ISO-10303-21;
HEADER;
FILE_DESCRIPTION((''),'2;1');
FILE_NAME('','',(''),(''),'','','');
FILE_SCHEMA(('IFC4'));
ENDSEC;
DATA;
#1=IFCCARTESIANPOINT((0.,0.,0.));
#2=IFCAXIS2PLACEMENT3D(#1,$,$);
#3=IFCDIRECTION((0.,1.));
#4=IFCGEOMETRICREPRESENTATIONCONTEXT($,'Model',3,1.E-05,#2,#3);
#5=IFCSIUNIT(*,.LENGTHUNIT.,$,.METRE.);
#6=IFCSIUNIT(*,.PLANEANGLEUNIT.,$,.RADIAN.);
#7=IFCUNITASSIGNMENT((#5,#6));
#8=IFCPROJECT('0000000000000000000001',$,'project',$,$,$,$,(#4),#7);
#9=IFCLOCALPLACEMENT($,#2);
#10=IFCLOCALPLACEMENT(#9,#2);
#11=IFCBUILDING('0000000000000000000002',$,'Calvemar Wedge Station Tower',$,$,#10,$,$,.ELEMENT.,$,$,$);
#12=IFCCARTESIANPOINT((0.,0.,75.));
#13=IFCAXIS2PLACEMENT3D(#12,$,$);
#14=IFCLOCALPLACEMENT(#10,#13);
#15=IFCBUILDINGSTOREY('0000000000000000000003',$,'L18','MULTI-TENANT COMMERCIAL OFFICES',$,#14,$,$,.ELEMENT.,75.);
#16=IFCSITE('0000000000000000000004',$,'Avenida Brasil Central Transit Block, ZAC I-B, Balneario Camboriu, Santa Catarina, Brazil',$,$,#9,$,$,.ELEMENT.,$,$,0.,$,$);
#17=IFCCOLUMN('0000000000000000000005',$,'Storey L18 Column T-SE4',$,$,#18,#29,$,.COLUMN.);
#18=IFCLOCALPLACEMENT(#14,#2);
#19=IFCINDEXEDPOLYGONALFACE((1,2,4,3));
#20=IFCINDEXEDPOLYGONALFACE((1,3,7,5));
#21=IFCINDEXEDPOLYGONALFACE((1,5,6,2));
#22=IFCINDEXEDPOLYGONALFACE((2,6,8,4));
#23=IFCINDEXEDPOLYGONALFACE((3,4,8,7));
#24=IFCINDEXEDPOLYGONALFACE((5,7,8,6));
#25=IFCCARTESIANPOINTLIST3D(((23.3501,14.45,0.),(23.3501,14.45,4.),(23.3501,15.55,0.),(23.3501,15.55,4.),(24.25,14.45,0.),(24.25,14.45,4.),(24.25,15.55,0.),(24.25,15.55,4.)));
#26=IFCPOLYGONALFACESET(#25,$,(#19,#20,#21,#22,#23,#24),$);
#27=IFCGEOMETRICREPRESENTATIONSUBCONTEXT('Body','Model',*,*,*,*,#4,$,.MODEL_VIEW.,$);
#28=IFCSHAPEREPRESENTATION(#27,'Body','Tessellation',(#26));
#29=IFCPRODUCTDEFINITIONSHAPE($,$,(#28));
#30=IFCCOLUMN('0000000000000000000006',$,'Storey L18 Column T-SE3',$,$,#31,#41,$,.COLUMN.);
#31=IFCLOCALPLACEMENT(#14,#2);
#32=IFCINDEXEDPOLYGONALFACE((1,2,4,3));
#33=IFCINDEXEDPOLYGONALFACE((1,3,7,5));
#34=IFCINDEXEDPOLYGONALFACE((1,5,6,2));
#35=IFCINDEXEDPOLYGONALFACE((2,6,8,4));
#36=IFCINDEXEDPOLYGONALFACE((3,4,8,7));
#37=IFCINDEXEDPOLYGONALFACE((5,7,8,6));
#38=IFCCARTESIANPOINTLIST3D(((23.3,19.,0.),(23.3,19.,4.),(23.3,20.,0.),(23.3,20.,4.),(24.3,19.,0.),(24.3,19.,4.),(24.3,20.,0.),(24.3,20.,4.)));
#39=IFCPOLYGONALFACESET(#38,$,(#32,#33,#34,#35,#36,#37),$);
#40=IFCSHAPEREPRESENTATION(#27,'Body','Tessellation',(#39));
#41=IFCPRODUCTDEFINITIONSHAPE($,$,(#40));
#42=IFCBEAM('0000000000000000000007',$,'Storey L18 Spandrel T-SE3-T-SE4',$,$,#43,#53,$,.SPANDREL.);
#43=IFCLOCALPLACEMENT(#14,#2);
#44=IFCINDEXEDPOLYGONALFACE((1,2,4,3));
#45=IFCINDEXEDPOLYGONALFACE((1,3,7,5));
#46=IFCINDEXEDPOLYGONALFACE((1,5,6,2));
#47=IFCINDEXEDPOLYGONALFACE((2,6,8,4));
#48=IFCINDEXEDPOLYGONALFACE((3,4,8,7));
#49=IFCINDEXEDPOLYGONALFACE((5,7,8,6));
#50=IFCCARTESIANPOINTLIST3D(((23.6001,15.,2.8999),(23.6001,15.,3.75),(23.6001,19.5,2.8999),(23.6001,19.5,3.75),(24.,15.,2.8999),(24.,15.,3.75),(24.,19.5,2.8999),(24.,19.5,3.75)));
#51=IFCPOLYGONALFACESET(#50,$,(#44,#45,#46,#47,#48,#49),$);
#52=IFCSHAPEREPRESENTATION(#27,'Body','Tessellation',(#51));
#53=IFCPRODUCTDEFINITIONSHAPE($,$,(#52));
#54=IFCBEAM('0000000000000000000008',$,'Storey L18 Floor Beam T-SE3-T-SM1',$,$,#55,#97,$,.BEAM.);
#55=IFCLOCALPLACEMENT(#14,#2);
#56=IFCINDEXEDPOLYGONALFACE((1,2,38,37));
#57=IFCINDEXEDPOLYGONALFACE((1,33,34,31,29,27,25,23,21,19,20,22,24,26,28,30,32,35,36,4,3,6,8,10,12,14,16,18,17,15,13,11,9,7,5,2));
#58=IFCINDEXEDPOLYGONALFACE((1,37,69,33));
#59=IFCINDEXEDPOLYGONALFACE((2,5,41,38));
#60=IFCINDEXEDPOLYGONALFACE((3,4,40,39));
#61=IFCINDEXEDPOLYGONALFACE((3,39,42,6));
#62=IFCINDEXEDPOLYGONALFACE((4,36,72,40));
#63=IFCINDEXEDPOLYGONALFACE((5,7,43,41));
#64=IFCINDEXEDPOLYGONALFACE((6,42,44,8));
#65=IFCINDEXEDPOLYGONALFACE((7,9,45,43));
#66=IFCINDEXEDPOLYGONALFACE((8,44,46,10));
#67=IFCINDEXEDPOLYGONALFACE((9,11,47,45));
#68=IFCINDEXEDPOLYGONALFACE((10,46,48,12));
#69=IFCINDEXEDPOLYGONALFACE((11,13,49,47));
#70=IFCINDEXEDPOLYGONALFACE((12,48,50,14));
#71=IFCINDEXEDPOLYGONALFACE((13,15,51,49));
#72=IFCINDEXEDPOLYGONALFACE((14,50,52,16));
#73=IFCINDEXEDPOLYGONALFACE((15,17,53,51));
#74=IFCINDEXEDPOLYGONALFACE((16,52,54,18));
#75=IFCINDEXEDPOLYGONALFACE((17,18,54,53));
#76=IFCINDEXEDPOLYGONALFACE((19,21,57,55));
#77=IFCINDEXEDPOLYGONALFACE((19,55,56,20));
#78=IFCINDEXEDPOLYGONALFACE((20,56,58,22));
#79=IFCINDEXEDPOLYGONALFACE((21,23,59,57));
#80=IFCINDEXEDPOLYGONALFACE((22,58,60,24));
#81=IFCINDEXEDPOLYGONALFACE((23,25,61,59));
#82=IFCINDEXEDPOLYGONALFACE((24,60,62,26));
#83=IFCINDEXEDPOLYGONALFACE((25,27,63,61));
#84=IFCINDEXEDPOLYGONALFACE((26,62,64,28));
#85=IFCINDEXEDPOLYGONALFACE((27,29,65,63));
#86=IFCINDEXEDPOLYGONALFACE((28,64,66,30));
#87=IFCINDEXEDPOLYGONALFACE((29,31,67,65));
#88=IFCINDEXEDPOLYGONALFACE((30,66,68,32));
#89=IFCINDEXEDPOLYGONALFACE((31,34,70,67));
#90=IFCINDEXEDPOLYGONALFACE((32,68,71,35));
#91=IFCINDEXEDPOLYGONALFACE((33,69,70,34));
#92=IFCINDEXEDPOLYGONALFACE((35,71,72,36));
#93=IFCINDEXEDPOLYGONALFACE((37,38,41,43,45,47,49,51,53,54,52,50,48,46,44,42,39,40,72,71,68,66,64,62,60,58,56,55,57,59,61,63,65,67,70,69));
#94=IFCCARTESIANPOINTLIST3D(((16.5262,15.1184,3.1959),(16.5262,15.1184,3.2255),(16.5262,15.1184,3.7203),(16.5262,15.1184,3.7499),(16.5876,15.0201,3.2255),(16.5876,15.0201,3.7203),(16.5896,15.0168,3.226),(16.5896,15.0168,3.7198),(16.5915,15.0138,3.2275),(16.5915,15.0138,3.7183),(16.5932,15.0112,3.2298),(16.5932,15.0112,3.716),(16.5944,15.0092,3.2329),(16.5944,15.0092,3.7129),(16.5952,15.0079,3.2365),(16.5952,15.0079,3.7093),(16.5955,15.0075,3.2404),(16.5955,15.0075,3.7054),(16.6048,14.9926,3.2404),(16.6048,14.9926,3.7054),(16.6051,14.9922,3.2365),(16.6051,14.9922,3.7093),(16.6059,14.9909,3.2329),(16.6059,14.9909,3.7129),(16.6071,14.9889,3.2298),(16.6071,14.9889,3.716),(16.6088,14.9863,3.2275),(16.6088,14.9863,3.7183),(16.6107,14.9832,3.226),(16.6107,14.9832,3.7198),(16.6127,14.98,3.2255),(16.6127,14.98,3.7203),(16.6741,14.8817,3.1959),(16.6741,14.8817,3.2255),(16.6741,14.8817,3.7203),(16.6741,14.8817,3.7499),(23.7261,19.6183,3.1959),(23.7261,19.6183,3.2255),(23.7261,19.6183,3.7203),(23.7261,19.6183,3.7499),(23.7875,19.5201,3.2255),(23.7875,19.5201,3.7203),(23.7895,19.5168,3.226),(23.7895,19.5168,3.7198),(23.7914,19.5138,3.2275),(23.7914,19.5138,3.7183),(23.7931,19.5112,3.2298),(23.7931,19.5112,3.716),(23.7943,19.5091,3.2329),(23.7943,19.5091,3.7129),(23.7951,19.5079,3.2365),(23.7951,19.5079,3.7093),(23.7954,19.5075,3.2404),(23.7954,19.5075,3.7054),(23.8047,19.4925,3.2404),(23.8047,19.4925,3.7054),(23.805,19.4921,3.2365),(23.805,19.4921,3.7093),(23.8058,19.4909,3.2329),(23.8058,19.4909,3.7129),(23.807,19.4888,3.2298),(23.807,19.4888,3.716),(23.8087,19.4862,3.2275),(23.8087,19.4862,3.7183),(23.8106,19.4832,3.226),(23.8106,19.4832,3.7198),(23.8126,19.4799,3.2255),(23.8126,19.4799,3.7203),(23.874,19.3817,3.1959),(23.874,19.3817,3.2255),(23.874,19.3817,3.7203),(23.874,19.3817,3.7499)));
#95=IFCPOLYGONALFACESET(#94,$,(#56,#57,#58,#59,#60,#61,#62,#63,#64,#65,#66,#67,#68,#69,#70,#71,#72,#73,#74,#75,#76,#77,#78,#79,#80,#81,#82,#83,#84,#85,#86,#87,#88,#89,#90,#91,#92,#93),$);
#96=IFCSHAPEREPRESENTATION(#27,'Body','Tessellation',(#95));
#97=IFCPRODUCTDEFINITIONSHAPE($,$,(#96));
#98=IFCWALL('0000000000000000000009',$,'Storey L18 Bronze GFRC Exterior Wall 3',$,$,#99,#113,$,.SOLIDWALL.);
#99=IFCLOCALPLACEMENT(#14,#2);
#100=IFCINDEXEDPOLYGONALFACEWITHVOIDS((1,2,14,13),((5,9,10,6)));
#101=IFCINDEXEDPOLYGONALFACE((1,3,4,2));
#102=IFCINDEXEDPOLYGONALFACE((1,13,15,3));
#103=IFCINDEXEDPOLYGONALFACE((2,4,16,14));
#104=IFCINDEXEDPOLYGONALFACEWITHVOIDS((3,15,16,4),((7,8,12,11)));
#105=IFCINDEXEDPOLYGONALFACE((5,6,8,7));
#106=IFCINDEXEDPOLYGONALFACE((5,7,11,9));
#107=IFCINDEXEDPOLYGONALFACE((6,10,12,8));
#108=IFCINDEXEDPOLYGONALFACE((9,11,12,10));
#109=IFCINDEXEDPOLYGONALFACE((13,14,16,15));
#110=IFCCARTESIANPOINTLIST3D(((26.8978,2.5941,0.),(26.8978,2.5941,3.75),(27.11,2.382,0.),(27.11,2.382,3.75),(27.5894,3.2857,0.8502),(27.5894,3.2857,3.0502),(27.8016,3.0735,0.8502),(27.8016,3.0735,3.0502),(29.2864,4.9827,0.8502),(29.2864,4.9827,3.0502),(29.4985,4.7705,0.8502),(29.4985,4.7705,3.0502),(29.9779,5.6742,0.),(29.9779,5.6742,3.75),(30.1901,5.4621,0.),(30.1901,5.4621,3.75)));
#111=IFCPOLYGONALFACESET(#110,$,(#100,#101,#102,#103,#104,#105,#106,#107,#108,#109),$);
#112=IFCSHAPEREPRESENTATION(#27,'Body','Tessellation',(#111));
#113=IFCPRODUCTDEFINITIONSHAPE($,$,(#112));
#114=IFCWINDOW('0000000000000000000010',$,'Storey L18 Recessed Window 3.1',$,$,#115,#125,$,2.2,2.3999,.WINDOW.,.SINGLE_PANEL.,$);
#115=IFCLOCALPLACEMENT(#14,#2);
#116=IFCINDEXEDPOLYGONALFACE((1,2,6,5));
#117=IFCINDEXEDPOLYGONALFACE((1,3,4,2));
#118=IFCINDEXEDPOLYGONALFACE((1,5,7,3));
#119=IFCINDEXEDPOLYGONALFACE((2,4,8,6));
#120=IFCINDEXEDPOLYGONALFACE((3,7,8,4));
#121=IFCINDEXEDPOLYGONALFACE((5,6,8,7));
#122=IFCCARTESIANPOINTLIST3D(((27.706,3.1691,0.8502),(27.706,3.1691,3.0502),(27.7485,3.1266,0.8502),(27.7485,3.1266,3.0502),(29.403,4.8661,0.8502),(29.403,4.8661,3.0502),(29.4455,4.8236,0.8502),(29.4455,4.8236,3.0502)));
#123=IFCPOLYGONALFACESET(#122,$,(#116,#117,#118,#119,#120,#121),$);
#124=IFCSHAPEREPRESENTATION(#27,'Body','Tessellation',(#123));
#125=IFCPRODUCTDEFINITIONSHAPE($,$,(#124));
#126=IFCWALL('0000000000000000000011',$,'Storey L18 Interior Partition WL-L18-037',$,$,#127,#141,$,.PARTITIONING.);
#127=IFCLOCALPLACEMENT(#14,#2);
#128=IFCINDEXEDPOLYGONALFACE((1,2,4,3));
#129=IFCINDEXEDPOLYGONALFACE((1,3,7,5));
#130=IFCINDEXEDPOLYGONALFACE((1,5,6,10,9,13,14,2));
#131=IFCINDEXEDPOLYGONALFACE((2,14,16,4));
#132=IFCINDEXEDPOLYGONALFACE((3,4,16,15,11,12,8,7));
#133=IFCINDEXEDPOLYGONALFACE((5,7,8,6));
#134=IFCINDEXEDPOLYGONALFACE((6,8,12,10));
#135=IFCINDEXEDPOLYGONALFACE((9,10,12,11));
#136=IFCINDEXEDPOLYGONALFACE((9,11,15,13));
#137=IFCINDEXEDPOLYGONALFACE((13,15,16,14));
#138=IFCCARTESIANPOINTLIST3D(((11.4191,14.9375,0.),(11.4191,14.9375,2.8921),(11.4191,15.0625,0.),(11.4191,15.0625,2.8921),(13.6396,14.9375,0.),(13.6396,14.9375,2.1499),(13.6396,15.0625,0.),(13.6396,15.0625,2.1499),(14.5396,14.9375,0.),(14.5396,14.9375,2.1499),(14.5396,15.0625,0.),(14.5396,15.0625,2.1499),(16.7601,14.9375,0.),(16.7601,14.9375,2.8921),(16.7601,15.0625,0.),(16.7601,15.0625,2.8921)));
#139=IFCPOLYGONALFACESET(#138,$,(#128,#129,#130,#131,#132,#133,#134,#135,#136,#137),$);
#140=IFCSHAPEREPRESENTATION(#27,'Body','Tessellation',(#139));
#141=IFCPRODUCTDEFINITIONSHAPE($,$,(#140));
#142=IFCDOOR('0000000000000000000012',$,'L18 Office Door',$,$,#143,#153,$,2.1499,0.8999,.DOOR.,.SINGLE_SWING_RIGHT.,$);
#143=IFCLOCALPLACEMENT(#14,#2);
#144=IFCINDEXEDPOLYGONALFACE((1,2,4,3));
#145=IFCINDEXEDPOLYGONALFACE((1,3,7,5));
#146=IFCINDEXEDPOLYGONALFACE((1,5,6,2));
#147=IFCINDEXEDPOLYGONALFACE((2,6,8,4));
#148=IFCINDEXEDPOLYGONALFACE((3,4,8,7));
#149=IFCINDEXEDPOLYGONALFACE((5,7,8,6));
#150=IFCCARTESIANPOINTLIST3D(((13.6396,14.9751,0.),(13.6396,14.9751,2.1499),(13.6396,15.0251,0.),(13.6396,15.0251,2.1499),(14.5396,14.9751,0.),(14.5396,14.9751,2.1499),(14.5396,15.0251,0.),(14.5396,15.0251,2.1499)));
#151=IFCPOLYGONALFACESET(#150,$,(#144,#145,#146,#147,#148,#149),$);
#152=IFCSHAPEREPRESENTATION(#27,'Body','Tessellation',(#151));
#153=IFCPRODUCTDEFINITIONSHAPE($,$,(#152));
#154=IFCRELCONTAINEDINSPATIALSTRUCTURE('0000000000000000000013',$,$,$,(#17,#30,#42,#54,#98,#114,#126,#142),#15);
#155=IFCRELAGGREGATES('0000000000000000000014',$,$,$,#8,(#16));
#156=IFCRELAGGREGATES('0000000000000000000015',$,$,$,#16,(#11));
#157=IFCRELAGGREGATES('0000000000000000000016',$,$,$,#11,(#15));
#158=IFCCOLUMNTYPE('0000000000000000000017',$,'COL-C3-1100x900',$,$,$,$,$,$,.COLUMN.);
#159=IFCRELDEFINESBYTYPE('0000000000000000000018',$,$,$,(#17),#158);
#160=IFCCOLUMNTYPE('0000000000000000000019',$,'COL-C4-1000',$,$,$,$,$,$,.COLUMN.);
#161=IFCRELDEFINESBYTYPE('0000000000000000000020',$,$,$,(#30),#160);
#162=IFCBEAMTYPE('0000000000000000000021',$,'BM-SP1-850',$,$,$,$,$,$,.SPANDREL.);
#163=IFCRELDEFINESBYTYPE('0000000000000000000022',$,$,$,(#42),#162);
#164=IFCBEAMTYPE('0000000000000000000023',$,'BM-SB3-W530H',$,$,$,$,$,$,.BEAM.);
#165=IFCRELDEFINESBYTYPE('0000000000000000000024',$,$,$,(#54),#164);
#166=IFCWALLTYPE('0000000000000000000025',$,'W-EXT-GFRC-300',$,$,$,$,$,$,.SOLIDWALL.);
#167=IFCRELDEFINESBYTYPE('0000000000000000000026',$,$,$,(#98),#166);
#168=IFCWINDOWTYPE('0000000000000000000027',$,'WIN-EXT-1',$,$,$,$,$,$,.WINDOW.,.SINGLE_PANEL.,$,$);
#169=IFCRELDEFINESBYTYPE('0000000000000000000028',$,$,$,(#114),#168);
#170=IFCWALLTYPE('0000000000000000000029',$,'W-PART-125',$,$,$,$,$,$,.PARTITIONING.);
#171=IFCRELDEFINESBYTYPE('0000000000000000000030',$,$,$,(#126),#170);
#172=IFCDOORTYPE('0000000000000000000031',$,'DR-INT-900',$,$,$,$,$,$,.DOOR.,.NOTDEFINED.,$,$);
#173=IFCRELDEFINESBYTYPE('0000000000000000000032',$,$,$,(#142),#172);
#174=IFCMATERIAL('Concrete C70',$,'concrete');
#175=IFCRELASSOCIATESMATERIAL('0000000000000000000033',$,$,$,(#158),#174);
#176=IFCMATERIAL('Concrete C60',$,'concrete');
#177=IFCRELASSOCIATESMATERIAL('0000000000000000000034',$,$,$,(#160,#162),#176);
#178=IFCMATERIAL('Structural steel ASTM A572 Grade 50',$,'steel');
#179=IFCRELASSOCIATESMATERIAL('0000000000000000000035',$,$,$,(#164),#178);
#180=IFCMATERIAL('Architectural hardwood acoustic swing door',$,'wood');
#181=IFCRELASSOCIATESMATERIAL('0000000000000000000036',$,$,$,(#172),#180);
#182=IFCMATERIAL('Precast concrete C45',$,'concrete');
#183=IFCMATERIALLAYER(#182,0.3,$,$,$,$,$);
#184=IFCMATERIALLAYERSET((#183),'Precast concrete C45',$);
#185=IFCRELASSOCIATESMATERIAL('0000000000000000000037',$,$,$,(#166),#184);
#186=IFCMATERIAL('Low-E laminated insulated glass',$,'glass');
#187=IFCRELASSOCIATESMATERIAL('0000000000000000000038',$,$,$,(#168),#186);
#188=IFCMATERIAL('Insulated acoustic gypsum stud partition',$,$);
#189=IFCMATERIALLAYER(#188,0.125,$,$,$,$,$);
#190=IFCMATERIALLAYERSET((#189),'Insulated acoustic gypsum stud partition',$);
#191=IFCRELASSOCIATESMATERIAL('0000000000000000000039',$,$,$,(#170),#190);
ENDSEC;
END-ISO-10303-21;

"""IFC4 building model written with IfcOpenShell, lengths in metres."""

from ifc_helpers import new_model, si_unit, direction, frame, frame_2d, origin, origin_2d, place, context, subcontext, project, spatial, rectangle, i_section, extrude, source, transform, mapped, material, layer, layer_set, material_profile, profile_set, type_object, element, fill, save


model = new_model("IFC4")

# Units and contexts
model_context = context("Model", 3, precision=1e-05, world=origin(), true_north=direction((0.0, 1.0)))
body_context = subcontext(model_context, "Body", "Model", "MODEL_VIEW")
ifc_project = project(units=[si_unit("LENGTHUNIT", "METRE"), si_unit("PLANEANGLEUNIT", "RADIAN")], contexts=[model_context])

# Site, building, storey
site_placement = place(None, origin())
site = spatial("IfcSite", under=ifc_project, at=site_placement, Name="Avenida Brasil Central Transit Block, ZAC I-B, Balneario Camboriu, Santa Catarina, Brazil", CompositionType="ELEMENT", RefElevation=0.0)
building_placement = place(site_placement, origin())
building = spatial("IfcBuilding", under=site, at=building_placement, Name="Calvemar Wedge Station Tower", CompositionType="ELEMENT")
storey_placement = place(building_placement, frame((0.0, 0.0, 75.0)))
storey = spatial("IfcBuildingStorey", under=building, at=storey_placement, Name="L18", Description="MULTI-TENANT COMMERCIAL OFFICES", CompositionType="ELEMENT", Elevation=75.0)

# Columns
ifc_material_1 = material(Name="Concrete C70", Category="concrete")
ifc_material_profile_1 = material_profile(ifc_material_1, rectangle(XDim=0.8999, YDim=1.1001, at=origin_2d()), Name="RC1100x900")
ifc_profile_set_1 = profile_set([ifc_material_profile_1], Name="Concrete C70")
column_type_1 = type_object("IfcColumnType", Name="COL-C3-1100x900", PredefinedType="COLUMN", material=ifc_profile_set_1)
shared_shape_1 = source(origin(), body_context, "Body", "SweptSolid", [
    extrude(rectangle(XDim=0.8999, YDim=1.1001, at=origin_2d()), origin(), (0.0, 0.0, 1.0), 4.0),
])
column_1_placement = place(storey_placement, frame((23.8, 15.0, 0.0), z_axis=(0.0, 0.0, 1.0), x_axis=(1.0, 0.0, 0.0)))
element("IfcColumn", 1, at=column_1_placement, inside=storey, type_object=column_type_1, Name="Storey L18 Column T-SE4", PredefinedType="COLUMN", context=body_context, shape_type="MappedRepresentation", body=[
    mapped(shared_shape_1, transform((0.0, 0.0, 0.0), scale=1.0)),
])
ifc_material_2 = material(Name="Concrete C60", Category="concrete")
ifc_material_profile_2 = material_profile(ifc_material_2, rectangle(XDim=1.0, YDim=1.0, at=origin_2d()), Name="RC1000x1000")
ifc_profile_set_2 = profile_set([ifc_material_profile_2], Name="Concrete C60")
column_type_2 = type_object("IfcColumnType", Name="COL-C4-1000", PredefinedType="COLUMN", material=ifc_profile_set_2)
shared_shape_2 = source(origin(), body_context, "Body", "SweptSolid", [
    extrude(rectangle(XDim=1.0, YDim=1.0, at=origin_2d()), origin(), (0.0, 0.0, 1.0), 4.0),
])
column_2_placement = place(storey_placement, frame((23.8, 19.5, 0.0), z_axis=(0.0, 0.0, 1.0), x_axis=(1.0, 0.0, 0.0)))
element("IfcColumn", 2, at=column_2_placement, inside=storey, type_object=column_type_2, Name="Storey L18 Column T-SE3", PredefinedType="COLUMN", context=body_context, shape_type="MappedRepresentation", body=[
    mapped(shared_shape_2, transform((0.0, 0.0, 0.0), scale=1.0)),
])

# Beams
ifc_material_profile_3 = material_profile(ifc_material_2, rectangle(XDim=0.3999, YDim=0.8501, at=origin_2d()), Name="RC400x850")
ifc_profile_set_3 = profile_set([ifc_material_profile_3], Name="Concrete C60")
beam_type_1 = type_object("IfcBeamType", Name="BM-SP1-850", PredefinedType="SPANDREL", material=ifc_profile_set_3)
shared_shape_3 = source(origin(), body_context, "Body", "SweptSolid", [
    extrude(rectangle(XDim=0.3999, YDim=0.8501, at=origin_2d()), origin(), (0.0, 0.0, 1.0), 4.5),
])
beam_1_placement = place(storey_placement, frame((23.8, 19.5, 3.325), z_axis=(0.0, -1.0, 0.0), x_axis=(1.0, 0.0, 0.0)))
element("IfcBeam", 3, at=beam_1_placement, inside=storey, type_object=beam_type_1, Name="Storey L18 Spandrel T-SE3-T-SE4", PredefinedType="SPANDREL", context=body_context, shape_type="MappedRepresentation", body=[
    mapped(shared_shape_3, transform((0.0, 0.0, 0.0), scale=1.0)),
])
ifc_material_3 = material(Name="Structural steel ASTM A572 Grade 50", Category="steel")
ifc_material_profile_4 = material_profile(ifc_material_3, i_section(OverallWidth=0.2791, OverallDepth=0.554, WebThickness=0.0176, FlangeThickness=0.0295, FilletRadius=0.0149, at=origin_2d()), Name="W530x196")
ifc_profile_set_4 = profile_set([ifc_material_profile_4], Name="Structural steel ASTM A572 Grade 50")
beam_type_2 = type_object("IfcBeamType", Name="BM-SB3-W530H", PredefinedType="BEAM", material=ifc_profile_set_4)
shared_shape_4 = source(origin(), body_context, "Body", "SweptSolid", [
    extrude(i_section(OverallWidth=0.2791, OverallDepth=0.554, WebThickness=0.0176, FlangeThickness=0.0295, FilletRadius=0.0149, at=origin_2d()), origin(), (0.0, 0.0, 1.0), 8.4905),
])
beam_2_placement = place(storey_placement, frame((23.8, 19.5, 3.4729), z_axis=(-0.847997, -0.530002, 0.0), x_axis=(0.530002, -0.847997, 0.0)))
element("IfcBeam", 4, at=beam_2_placement, inside=storey, type_object=beam_type_2, Name="Storey L18 Floor Beam T-SE3-T-SM1", PredefinedType="BEAM", context=body_context, shape_type="MappedRepresentation", body=[
    mapped(shared_shape_4, transform((0.0, 0.0, 0.0), scale=1.0)),
])

# Shared definitions
ifc_material_4 = material(Name="Architectural hardwood acoustic swing door", Category="wood")
door_type = type_object("IfcDoorType", Name="DR-INT-900", OperationType="NOTDEFINED", PredefinedType="DOOR", material=ifc_material_4)
shared_shape_5 = source(origin(), body_context, "Body", "SweptSolid", [
    extrude(rectangle(XDim=0.8999, YDim=2.1499, at=frame_2d((0.45, 1.075))), frame((0.0, 0.0249, 0.0), z_axis=(0.0, -1.0, 0.0), x_axis=(1.0, 0.0, 0.0)), (0.0, 0.0, 1.0), 0.05),
])

# Wall, opening, window
ifc_material_5 = material(Name="Precast concrete C45", Category="concrete")
ifc_layer_1 = layer(ifc_material_5, 0.3)
ifc_layer_set_1 = layer_set([ifc_layer_1], Name="Precast concrete C45")
wall_type_1 = type_object("IfcWallType", Name="W-EXT-GFRC-300", PredefinedType="SOLIDWALL", material=ifc_layer_set_1)
wall_1_placement = place(storey_placement, frame((27.0039, 2.488, 0.0), z_axis=(0.0, 0.0, 1.0), x_axis=(0.707107, 0.707107, 0.0)))
wall_1 = element("IfcWall", 5, at=wall_1_placement, inside=storey, type_object=wall_type_1, Name="Storey L18 Bronze GFRC Exterior Wall 3", PredefinedType="SOLIDWALL", context=body_context, shape_type="SweptSolid", body=[
    extrude(rectangle(XDim=4.356, YDim=0.3, at=frame_2d((2.178, 0.0))), origin(), (0.0, 0.0, 1.0), 3.75),
])
shared_shape_6 = source(origin(), body_context, "Body", "SweptSolid", [
    extrude(rectangle(XDim=2.3999, YDim=2.2, at=frame_2d((1.2, 1.1001))), frame((0.0, 0.1602, 0.0), z_axis=(0.0, -1.0, 0.0), x_axis=(1.0, 0.0, 0.0)), (0.0, 0.0, 1.0), 0.3201),
])
opening_1_placement = place(wall_1_placement, frame((0.978, 0.0, 0.8501)))
opening_1 = element("IfcOpeningElement", 6, at=opening_1_placement, cuts=wall_1, PredefinedType="OPENING", context=body_context, shape_type="MappedRepresentation", body=[
    mapped(shared_shape_6, transform((0.0, 0.0, 0.0), scale=1.0)),
])
ifc_material_6 = material(Name="Low-E laminated insulated glass", Category="glass")
window_type = type_object("IfcWindowType", Name="WIN-EXT-1", PartitioningType="SINGLE_PANEL", PredefinedType="WINDOW", material=ifc_material_6)
shared_shape_7 = source(origin(), body_context, "Body", "SweptSolid", [
    extrude(rectangle(XDim=2.3999, YDim=2.2, at=frame_2d((1.2, 1.1001))), frame((0.0, -0.0149, 0.0), z_axis=(0.0, -1.0, 0.0), x_axis=(1.0, 0.0, 0.0)), (0.0, 0.0, 1.0), 0.0601),
])
window_placement = place(opening_1_placement, origin())
window = element("IfcWindow", 7, at=window_placement, inside=storey, type_object=window_type, Name="Storey L18 Recessed Window 3.1", OverallHeight=2.2, OverallWidth=2.3999, PartitioningType="SINGLE_PANEL", PredefinedType="WINDOW", context=body_context, shape_type="MappedRepresentation", body=[
    mapped(shared_shape_7, transform((0.0, 0.0, 0.0), scale=1.0)),
])
fill(opening_1, window)

# Wall, opening, door
ifc_material_7 = material(Name="Insulated acoustic gypsum stud partition")
ifc_layer_2 = layer(ifc_material_7, 0.125)
ifc_layer_set_2 = layer_set([ifc_layer_2], Name="Insulated acoustic gypsum stud partition")
wall_type_2 = type_object("IfcWallType", Name="W-PART-125", PredefinedType="PARTITIONING", material=ifc_layer_set_2)
wall_2_placement = place(storey_placement, frame((16.76, 15.0, 0.0), z_axis=(0.0, 0.0, 1.0), x_axis=(-1.0, 0.0, 0.0)))
wall_2 = element("IfcWall", 8, at=wall_2_placement, inside=storey, type_object=wall_type_2, Name="Storey L18 Interior Partition WL-L18-037", PredefinedType="PARTITIONING", context=body_context, shape_type="SweptSolid", body=[
    extrude(rectangle(XDim=5.3411, YDim=0.125, at=frame_2d((2.6704, 0.0))), origin(), (0.0, 0.0, 1.0), 2.8921),
])
shared_shape_8 = source(origin(), body_context, "Body", "SweptSolid", [
    extrude(rectangle(XDim=0.8999, YDim=2.1499, at=frame_2d((0.45, 1.075))), frame((0.0, 0.0725, 0.0), z_axis=(0.0, -1.0, 0.0), x_axis=(1.0, 0.0, 0.0)), (0.0, 0.0, 1.0), 0.145),
])
opening_2_placement = place(wall_2_placement, frame((2.2205, 0.0, 0.0)))
opening_2 = element("IfcOpeningElement", 9, at=opening_2_placement, cuts=wall_2, PredefinedType="OPENING", context=body_context, shape_type="MappedRepresentation", body=[
    mapped(shared_shape_8, transform((0.0, 0.0, 0.0), scale=1.0)),
])
door_1_placement = place(opening_2_placement, origin())
door_1 = element("IfcDoor", 10, at=door_1_placement, inside=storey, type_object=door_type, Name="L18 Office Door", OperationType="SINGLE_SWING_RIGHT", OverallHeight=2.1499, OverallWidth=0.8999, PredefinedType="DOOR", context=body_context, shape_type="MappedRepresentation", body=[
    mapped(shared_shape_5, transform((0.0, 0.0, 0.0), scale=1.0)),
])
fill(opening_2, door_1)

save(model, "model.ifc")
